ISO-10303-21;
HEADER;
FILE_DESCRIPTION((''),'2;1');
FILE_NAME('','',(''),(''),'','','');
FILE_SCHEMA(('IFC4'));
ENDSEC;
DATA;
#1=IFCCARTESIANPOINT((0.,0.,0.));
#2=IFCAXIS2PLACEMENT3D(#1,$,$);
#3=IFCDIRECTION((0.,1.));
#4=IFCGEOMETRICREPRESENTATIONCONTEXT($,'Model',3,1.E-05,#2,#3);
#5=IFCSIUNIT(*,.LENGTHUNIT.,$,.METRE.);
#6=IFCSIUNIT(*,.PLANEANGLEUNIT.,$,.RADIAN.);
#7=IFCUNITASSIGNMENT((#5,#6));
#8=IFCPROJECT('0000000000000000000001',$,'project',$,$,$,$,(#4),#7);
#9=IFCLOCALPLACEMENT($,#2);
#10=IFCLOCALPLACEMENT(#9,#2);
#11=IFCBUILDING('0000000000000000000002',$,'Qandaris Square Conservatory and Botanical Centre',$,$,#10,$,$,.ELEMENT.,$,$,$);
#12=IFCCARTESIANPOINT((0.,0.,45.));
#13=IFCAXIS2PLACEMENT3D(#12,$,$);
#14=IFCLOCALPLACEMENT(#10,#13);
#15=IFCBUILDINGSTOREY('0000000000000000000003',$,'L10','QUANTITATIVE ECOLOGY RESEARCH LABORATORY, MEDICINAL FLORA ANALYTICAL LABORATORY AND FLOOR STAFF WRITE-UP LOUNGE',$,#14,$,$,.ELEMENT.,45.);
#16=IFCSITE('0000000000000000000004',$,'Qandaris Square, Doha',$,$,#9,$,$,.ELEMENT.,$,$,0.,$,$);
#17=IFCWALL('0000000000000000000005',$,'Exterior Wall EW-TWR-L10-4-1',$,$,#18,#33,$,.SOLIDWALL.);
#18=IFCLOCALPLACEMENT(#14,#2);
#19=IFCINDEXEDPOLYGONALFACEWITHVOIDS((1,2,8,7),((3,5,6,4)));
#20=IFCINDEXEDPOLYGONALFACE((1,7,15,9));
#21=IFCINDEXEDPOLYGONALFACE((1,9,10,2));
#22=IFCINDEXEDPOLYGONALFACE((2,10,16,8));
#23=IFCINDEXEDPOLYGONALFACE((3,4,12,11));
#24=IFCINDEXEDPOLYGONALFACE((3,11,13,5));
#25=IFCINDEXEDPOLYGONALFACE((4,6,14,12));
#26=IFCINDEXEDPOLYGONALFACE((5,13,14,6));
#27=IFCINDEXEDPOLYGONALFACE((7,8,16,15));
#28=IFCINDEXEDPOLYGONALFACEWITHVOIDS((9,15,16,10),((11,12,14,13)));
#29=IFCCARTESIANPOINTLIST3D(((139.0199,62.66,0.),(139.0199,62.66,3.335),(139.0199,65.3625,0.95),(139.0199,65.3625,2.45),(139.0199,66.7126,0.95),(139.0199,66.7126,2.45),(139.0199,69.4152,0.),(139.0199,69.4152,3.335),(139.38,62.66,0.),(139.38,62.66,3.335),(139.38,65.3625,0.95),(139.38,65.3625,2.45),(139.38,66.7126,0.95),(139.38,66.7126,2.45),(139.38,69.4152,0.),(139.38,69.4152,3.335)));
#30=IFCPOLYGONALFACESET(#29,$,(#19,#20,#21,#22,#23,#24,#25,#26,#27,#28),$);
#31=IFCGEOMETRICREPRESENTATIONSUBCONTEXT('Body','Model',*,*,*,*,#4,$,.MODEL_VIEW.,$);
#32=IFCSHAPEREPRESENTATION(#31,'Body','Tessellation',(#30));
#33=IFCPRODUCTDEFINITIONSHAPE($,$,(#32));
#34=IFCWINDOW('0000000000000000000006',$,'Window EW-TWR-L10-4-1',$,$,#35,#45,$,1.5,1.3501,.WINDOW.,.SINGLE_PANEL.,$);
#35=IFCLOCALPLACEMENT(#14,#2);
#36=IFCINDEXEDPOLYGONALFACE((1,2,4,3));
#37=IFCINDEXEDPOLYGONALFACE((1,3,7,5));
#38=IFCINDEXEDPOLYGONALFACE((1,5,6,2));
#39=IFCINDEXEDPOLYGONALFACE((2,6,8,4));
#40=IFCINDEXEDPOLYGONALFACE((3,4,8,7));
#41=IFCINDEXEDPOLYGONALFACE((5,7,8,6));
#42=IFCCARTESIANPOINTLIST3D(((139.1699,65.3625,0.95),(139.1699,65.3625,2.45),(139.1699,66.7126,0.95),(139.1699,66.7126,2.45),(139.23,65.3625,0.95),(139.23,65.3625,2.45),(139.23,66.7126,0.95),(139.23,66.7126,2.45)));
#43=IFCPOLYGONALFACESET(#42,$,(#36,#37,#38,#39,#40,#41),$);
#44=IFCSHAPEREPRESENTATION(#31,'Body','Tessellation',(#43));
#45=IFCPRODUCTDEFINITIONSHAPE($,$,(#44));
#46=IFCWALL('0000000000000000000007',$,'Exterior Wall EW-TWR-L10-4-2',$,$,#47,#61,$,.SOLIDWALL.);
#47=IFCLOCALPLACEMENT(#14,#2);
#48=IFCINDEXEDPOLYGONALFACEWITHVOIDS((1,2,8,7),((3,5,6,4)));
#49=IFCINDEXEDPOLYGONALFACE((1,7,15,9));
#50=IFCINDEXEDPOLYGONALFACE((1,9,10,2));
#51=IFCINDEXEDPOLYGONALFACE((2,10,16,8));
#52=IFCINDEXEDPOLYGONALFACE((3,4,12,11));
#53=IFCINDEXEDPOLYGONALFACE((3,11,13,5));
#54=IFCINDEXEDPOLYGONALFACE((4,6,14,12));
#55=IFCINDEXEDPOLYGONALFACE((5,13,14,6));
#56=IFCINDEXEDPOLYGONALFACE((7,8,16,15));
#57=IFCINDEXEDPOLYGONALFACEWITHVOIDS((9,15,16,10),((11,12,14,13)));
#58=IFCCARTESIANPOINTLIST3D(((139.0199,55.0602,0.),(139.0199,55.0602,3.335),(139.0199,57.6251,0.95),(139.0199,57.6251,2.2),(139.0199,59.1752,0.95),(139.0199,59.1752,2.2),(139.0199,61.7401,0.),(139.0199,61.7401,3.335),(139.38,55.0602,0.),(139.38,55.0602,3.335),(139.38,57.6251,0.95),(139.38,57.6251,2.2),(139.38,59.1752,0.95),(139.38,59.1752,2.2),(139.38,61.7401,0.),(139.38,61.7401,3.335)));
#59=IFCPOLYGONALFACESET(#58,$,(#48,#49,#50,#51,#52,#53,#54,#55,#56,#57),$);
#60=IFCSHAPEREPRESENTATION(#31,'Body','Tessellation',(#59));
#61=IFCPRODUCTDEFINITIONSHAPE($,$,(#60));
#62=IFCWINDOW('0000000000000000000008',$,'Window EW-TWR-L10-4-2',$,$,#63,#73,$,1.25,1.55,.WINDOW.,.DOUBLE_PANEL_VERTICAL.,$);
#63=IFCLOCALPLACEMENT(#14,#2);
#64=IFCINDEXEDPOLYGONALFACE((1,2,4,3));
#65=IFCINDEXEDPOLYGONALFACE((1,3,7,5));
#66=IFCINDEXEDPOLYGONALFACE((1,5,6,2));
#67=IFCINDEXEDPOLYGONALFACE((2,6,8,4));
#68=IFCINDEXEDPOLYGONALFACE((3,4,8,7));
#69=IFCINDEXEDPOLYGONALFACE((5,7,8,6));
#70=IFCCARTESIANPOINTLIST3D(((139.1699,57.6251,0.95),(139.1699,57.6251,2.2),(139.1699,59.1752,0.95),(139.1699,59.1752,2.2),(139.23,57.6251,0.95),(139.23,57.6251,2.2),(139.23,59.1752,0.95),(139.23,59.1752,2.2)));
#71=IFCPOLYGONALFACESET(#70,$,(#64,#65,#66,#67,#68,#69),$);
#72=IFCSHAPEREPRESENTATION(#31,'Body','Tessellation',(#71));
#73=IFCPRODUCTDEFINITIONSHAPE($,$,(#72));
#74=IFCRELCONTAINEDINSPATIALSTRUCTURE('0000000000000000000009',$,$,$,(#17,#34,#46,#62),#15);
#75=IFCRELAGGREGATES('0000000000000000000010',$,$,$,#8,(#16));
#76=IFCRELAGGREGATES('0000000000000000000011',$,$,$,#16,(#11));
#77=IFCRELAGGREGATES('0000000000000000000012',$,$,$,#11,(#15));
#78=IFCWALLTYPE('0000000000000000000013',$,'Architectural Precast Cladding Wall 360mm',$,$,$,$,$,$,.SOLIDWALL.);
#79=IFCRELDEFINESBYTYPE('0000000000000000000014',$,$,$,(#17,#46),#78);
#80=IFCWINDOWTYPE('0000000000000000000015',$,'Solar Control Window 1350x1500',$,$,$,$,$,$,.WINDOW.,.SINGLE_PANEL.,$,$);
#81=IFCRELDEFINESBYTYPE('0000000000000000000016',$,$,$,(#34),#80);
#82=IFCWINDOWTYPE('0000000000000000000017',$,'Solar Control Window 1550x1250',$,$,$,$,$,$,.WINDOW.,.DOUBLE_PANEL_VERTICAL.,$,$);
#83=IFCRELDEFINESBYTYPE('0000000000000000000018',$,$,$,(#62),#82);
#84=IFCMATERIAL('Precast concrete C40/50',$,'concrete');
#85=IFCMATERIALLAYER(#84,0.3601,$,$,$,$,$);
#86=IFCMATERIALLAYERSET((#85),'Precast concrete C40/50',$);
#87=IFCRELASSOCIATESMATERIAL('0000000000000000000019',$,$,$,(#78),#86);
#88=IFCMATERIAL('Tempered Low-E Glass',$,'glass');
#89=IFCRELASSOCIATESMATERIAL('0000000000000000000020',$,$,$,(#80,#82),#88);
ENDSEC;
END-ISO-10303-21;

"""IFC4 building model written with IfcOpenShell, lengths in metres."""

from ifc_helpers import new_model, si_unit, direction, frame, frame_2d, origin, place, context, subcontext, project, spatial, rectangle, extrude, material, layer, layer_set, type_object, element, fill, save


model = new_model("IFC4")

# Units and contexts
model_context = context("Model", 3, precision=1e-05, world=origin(), true_north=direction((0.0, 1.0)))
body_context = subcontext(model_context, "Body", "Model", "MODEL_VIEW")
ifc_project = project(units=[si_unit("LENGTHUNIT", "METRE"), si_unit("PLANEANGLEUNIT", "RADIAN")], contexts=[model_context])

# Site, building, storey
site_placement = place(None, origin())
site = spatial("IfcSite", under=ifc_project, at=site_placement, Name="Qandaris Square, Doha", CompositionType="ELEMENT", RefElevation=0.0)
building_placement = place(site_placement, origin())
building = spatial("IfcBuilding", under=site, at=building_placement, Name="Qandaris Square Conservatory and Botanical Centre", CompositionType="ELEMENT")
storey_placement = place(building_placement, frame((0.0, 0.0, 45.0)))
storey = spatial("IfcBuildingStorey", under=building, at=storey_placement, Name="L10", Description="QUANTITATIVE ECOLOGY RESEARCH LABORATORY, MEDICINAL FLORA ANALYTICAL LABORATORY AND FLOOR STAFF WRITE-UP LOUNGE", CompositionType="ELEMENT", Elevation=45.0)

# Shared definitions
ifc_material_1 = material(Name="Tempered Low-E Glass", Category="glass")

# Walls, openings, windows
ifc_material_2 = material(Name="Precast concrete C40/50", Category="concrete")
ifc_layer_1 = layer(ifc_material_2, 0.3601)
ifc_layer_set_1 = layer_set([ifc_layer_1], Name="Precast concrete C40/50")
wall_type = type_object("IfcWallType", Name="Architectural Precast Cladding Wall 360mm", PredefinedType="SOLIDWALL", material=ifc_layer_set_1)
wall_1_placement = place(storey_placement, frame((139.2, 69.415, 0.0), z_axis=(0.0, 0.0, 1.0), x_axis=(0.0, -1.0, 0.0)))
wall_1 = element("IfcWall", 1, at=wall_1_placement, inside=storey, type_object=wall_type, Name="Exterior Wall EW-TWR-L10-4-1", PredefinedType="SOLIDWALL", context=body_context, shape_type="SweptSolid", body=[
    extrude(rectangle(XDim=6.7551, YDim=0.3601, at=frame_2d((3.3774, 0.0))), origin(), (0.0, 0.0, 1.0), 3.335),
])
opening_1_placement = place(wall_1_placement, frame((2.7024, 0.0, 0.95)))
opening_1 = element("IfcOpeningElement", 2, at=opening_1_placement, cuts=wall_1, PredefinedType="OPENING", context=body_context, shape_type="SweptSolid", body=[
    extrude(rectangle(XDim=1.3501, YDim=1.5, at=frame_2d((0.675, 0.75))), frame((0.0, 0.1919, 0.0), z_axis=(0.0, -1.0, 0.0), x_axis=(1.0, 0.0, 0.0)), (0.0, 0.0, 1.0), 0.384),
])
window_type_1 = type_object("IfcWindowType", Name="Solar Control Window 1350x1500", PartitioningType="SINGLE_PANEL", PredefinedType="WINDOW", material=ifc_material_1)
window_1_placement = place(opening_1_placement, origin())
window_1 = element("IfcWindow", 3, at=window_1_placement, inside=storey, type_object=window_type_1, Name="Window EW-TWR-L10-4-1", OverallHeight=1.5, OverallWidth=1.3501, PartitioningType="SINGLE_PANEL", PredefinedType="WINDOW", context=body_context, shape_type="SweptSolid", body=[
    extrude(rectangle(XDim=1.3501, YDim=1.5, at=frame_2d((0.675, 0.75))), frame((0.0, 0.03, 0.0), z_axis=(0.0, -1.0, 0.0), x_axis=(1.0, 0.0, 0.0)), (0.0, 0.0, 1.0), 0.0601),
])
fill(opening_1, window_1)
wall_2_placement = place(storey_placement, frame((139.2, 61.74, 0.0), z_axis=(0.0, 0.0, 1.0), x_axis=(0.0, -1.0, 0.0)))
wall_2 = element("IfcWall", 4, at=wall_2_placement, inside=storey, type_object=wall_type, Name="Exterior Wall EW-TWR-L10-4-2", PredefinedType="SOLIDWALL", context=body_context, shape_type="SweptSolid", body=[
    extrude(rectangle(XDim=6.6799, YDim=0.3601, at=frame_2d((3.3398, 0.0))), origin(), (0.0, 0.0, 1.0), 3.335),
])
opening_2_placement = place(wall_2_placement, frame((2.5649, 0.0, 0.95)))
opening_2 = element("IfcOpeningElement", 5, at=opening_2_placement, cuts=wall_2, PredefinedType="OPENING", context=body_context, shape_type="SweptSolid", body=[
    extrude(rectangle(XDim=1.55, YDim=1.25, at=frame_2d((0.7749, 0.625))), frame((0.0, 0.1919, 0.0), z_axis=(0.0, -1.0, 0.0), x_axis=(1.0, 0.0, 0.0)), (0.0, 0.0, 1.0), 0.384),
])
window_type_2 = type_object("IfcWindowType", Name="Solar Control Window 1550x1250", PartitioningType="DOUBLE_PANEL_VERTICAL", PredefinedType="WINDOW", material=ifc_material_1)
window_2_placement = place(opening_2_placement, origin())
window_2 = element("IfcWindow", 6, at=window_2_placement, inside=storey, type_object=window_type_2, Name="Window EW-TWR-L10-4-2", OverallHeight=1.25, OverallWidth=1.55, PartitioningType="DOUBLE_PANEL_VERTICAL", PredefinedType="WINDOW", context=body_context, shape_type="SweptSolid", body=[
    extrude(rectangle(XDim=1.55, YDim=1.25, at=frame_2d((0.7749, 0.625))), frame((0.0, 0.03, 0.0), z_axis=(0.0, -1.0, 0.0), x_axis=(1.0, 0.0, 0.0)), (0.0, 0.0, 1.0), 0.0601),
])
fill(opening_2, window_2)

save(model, "model.ifc")
